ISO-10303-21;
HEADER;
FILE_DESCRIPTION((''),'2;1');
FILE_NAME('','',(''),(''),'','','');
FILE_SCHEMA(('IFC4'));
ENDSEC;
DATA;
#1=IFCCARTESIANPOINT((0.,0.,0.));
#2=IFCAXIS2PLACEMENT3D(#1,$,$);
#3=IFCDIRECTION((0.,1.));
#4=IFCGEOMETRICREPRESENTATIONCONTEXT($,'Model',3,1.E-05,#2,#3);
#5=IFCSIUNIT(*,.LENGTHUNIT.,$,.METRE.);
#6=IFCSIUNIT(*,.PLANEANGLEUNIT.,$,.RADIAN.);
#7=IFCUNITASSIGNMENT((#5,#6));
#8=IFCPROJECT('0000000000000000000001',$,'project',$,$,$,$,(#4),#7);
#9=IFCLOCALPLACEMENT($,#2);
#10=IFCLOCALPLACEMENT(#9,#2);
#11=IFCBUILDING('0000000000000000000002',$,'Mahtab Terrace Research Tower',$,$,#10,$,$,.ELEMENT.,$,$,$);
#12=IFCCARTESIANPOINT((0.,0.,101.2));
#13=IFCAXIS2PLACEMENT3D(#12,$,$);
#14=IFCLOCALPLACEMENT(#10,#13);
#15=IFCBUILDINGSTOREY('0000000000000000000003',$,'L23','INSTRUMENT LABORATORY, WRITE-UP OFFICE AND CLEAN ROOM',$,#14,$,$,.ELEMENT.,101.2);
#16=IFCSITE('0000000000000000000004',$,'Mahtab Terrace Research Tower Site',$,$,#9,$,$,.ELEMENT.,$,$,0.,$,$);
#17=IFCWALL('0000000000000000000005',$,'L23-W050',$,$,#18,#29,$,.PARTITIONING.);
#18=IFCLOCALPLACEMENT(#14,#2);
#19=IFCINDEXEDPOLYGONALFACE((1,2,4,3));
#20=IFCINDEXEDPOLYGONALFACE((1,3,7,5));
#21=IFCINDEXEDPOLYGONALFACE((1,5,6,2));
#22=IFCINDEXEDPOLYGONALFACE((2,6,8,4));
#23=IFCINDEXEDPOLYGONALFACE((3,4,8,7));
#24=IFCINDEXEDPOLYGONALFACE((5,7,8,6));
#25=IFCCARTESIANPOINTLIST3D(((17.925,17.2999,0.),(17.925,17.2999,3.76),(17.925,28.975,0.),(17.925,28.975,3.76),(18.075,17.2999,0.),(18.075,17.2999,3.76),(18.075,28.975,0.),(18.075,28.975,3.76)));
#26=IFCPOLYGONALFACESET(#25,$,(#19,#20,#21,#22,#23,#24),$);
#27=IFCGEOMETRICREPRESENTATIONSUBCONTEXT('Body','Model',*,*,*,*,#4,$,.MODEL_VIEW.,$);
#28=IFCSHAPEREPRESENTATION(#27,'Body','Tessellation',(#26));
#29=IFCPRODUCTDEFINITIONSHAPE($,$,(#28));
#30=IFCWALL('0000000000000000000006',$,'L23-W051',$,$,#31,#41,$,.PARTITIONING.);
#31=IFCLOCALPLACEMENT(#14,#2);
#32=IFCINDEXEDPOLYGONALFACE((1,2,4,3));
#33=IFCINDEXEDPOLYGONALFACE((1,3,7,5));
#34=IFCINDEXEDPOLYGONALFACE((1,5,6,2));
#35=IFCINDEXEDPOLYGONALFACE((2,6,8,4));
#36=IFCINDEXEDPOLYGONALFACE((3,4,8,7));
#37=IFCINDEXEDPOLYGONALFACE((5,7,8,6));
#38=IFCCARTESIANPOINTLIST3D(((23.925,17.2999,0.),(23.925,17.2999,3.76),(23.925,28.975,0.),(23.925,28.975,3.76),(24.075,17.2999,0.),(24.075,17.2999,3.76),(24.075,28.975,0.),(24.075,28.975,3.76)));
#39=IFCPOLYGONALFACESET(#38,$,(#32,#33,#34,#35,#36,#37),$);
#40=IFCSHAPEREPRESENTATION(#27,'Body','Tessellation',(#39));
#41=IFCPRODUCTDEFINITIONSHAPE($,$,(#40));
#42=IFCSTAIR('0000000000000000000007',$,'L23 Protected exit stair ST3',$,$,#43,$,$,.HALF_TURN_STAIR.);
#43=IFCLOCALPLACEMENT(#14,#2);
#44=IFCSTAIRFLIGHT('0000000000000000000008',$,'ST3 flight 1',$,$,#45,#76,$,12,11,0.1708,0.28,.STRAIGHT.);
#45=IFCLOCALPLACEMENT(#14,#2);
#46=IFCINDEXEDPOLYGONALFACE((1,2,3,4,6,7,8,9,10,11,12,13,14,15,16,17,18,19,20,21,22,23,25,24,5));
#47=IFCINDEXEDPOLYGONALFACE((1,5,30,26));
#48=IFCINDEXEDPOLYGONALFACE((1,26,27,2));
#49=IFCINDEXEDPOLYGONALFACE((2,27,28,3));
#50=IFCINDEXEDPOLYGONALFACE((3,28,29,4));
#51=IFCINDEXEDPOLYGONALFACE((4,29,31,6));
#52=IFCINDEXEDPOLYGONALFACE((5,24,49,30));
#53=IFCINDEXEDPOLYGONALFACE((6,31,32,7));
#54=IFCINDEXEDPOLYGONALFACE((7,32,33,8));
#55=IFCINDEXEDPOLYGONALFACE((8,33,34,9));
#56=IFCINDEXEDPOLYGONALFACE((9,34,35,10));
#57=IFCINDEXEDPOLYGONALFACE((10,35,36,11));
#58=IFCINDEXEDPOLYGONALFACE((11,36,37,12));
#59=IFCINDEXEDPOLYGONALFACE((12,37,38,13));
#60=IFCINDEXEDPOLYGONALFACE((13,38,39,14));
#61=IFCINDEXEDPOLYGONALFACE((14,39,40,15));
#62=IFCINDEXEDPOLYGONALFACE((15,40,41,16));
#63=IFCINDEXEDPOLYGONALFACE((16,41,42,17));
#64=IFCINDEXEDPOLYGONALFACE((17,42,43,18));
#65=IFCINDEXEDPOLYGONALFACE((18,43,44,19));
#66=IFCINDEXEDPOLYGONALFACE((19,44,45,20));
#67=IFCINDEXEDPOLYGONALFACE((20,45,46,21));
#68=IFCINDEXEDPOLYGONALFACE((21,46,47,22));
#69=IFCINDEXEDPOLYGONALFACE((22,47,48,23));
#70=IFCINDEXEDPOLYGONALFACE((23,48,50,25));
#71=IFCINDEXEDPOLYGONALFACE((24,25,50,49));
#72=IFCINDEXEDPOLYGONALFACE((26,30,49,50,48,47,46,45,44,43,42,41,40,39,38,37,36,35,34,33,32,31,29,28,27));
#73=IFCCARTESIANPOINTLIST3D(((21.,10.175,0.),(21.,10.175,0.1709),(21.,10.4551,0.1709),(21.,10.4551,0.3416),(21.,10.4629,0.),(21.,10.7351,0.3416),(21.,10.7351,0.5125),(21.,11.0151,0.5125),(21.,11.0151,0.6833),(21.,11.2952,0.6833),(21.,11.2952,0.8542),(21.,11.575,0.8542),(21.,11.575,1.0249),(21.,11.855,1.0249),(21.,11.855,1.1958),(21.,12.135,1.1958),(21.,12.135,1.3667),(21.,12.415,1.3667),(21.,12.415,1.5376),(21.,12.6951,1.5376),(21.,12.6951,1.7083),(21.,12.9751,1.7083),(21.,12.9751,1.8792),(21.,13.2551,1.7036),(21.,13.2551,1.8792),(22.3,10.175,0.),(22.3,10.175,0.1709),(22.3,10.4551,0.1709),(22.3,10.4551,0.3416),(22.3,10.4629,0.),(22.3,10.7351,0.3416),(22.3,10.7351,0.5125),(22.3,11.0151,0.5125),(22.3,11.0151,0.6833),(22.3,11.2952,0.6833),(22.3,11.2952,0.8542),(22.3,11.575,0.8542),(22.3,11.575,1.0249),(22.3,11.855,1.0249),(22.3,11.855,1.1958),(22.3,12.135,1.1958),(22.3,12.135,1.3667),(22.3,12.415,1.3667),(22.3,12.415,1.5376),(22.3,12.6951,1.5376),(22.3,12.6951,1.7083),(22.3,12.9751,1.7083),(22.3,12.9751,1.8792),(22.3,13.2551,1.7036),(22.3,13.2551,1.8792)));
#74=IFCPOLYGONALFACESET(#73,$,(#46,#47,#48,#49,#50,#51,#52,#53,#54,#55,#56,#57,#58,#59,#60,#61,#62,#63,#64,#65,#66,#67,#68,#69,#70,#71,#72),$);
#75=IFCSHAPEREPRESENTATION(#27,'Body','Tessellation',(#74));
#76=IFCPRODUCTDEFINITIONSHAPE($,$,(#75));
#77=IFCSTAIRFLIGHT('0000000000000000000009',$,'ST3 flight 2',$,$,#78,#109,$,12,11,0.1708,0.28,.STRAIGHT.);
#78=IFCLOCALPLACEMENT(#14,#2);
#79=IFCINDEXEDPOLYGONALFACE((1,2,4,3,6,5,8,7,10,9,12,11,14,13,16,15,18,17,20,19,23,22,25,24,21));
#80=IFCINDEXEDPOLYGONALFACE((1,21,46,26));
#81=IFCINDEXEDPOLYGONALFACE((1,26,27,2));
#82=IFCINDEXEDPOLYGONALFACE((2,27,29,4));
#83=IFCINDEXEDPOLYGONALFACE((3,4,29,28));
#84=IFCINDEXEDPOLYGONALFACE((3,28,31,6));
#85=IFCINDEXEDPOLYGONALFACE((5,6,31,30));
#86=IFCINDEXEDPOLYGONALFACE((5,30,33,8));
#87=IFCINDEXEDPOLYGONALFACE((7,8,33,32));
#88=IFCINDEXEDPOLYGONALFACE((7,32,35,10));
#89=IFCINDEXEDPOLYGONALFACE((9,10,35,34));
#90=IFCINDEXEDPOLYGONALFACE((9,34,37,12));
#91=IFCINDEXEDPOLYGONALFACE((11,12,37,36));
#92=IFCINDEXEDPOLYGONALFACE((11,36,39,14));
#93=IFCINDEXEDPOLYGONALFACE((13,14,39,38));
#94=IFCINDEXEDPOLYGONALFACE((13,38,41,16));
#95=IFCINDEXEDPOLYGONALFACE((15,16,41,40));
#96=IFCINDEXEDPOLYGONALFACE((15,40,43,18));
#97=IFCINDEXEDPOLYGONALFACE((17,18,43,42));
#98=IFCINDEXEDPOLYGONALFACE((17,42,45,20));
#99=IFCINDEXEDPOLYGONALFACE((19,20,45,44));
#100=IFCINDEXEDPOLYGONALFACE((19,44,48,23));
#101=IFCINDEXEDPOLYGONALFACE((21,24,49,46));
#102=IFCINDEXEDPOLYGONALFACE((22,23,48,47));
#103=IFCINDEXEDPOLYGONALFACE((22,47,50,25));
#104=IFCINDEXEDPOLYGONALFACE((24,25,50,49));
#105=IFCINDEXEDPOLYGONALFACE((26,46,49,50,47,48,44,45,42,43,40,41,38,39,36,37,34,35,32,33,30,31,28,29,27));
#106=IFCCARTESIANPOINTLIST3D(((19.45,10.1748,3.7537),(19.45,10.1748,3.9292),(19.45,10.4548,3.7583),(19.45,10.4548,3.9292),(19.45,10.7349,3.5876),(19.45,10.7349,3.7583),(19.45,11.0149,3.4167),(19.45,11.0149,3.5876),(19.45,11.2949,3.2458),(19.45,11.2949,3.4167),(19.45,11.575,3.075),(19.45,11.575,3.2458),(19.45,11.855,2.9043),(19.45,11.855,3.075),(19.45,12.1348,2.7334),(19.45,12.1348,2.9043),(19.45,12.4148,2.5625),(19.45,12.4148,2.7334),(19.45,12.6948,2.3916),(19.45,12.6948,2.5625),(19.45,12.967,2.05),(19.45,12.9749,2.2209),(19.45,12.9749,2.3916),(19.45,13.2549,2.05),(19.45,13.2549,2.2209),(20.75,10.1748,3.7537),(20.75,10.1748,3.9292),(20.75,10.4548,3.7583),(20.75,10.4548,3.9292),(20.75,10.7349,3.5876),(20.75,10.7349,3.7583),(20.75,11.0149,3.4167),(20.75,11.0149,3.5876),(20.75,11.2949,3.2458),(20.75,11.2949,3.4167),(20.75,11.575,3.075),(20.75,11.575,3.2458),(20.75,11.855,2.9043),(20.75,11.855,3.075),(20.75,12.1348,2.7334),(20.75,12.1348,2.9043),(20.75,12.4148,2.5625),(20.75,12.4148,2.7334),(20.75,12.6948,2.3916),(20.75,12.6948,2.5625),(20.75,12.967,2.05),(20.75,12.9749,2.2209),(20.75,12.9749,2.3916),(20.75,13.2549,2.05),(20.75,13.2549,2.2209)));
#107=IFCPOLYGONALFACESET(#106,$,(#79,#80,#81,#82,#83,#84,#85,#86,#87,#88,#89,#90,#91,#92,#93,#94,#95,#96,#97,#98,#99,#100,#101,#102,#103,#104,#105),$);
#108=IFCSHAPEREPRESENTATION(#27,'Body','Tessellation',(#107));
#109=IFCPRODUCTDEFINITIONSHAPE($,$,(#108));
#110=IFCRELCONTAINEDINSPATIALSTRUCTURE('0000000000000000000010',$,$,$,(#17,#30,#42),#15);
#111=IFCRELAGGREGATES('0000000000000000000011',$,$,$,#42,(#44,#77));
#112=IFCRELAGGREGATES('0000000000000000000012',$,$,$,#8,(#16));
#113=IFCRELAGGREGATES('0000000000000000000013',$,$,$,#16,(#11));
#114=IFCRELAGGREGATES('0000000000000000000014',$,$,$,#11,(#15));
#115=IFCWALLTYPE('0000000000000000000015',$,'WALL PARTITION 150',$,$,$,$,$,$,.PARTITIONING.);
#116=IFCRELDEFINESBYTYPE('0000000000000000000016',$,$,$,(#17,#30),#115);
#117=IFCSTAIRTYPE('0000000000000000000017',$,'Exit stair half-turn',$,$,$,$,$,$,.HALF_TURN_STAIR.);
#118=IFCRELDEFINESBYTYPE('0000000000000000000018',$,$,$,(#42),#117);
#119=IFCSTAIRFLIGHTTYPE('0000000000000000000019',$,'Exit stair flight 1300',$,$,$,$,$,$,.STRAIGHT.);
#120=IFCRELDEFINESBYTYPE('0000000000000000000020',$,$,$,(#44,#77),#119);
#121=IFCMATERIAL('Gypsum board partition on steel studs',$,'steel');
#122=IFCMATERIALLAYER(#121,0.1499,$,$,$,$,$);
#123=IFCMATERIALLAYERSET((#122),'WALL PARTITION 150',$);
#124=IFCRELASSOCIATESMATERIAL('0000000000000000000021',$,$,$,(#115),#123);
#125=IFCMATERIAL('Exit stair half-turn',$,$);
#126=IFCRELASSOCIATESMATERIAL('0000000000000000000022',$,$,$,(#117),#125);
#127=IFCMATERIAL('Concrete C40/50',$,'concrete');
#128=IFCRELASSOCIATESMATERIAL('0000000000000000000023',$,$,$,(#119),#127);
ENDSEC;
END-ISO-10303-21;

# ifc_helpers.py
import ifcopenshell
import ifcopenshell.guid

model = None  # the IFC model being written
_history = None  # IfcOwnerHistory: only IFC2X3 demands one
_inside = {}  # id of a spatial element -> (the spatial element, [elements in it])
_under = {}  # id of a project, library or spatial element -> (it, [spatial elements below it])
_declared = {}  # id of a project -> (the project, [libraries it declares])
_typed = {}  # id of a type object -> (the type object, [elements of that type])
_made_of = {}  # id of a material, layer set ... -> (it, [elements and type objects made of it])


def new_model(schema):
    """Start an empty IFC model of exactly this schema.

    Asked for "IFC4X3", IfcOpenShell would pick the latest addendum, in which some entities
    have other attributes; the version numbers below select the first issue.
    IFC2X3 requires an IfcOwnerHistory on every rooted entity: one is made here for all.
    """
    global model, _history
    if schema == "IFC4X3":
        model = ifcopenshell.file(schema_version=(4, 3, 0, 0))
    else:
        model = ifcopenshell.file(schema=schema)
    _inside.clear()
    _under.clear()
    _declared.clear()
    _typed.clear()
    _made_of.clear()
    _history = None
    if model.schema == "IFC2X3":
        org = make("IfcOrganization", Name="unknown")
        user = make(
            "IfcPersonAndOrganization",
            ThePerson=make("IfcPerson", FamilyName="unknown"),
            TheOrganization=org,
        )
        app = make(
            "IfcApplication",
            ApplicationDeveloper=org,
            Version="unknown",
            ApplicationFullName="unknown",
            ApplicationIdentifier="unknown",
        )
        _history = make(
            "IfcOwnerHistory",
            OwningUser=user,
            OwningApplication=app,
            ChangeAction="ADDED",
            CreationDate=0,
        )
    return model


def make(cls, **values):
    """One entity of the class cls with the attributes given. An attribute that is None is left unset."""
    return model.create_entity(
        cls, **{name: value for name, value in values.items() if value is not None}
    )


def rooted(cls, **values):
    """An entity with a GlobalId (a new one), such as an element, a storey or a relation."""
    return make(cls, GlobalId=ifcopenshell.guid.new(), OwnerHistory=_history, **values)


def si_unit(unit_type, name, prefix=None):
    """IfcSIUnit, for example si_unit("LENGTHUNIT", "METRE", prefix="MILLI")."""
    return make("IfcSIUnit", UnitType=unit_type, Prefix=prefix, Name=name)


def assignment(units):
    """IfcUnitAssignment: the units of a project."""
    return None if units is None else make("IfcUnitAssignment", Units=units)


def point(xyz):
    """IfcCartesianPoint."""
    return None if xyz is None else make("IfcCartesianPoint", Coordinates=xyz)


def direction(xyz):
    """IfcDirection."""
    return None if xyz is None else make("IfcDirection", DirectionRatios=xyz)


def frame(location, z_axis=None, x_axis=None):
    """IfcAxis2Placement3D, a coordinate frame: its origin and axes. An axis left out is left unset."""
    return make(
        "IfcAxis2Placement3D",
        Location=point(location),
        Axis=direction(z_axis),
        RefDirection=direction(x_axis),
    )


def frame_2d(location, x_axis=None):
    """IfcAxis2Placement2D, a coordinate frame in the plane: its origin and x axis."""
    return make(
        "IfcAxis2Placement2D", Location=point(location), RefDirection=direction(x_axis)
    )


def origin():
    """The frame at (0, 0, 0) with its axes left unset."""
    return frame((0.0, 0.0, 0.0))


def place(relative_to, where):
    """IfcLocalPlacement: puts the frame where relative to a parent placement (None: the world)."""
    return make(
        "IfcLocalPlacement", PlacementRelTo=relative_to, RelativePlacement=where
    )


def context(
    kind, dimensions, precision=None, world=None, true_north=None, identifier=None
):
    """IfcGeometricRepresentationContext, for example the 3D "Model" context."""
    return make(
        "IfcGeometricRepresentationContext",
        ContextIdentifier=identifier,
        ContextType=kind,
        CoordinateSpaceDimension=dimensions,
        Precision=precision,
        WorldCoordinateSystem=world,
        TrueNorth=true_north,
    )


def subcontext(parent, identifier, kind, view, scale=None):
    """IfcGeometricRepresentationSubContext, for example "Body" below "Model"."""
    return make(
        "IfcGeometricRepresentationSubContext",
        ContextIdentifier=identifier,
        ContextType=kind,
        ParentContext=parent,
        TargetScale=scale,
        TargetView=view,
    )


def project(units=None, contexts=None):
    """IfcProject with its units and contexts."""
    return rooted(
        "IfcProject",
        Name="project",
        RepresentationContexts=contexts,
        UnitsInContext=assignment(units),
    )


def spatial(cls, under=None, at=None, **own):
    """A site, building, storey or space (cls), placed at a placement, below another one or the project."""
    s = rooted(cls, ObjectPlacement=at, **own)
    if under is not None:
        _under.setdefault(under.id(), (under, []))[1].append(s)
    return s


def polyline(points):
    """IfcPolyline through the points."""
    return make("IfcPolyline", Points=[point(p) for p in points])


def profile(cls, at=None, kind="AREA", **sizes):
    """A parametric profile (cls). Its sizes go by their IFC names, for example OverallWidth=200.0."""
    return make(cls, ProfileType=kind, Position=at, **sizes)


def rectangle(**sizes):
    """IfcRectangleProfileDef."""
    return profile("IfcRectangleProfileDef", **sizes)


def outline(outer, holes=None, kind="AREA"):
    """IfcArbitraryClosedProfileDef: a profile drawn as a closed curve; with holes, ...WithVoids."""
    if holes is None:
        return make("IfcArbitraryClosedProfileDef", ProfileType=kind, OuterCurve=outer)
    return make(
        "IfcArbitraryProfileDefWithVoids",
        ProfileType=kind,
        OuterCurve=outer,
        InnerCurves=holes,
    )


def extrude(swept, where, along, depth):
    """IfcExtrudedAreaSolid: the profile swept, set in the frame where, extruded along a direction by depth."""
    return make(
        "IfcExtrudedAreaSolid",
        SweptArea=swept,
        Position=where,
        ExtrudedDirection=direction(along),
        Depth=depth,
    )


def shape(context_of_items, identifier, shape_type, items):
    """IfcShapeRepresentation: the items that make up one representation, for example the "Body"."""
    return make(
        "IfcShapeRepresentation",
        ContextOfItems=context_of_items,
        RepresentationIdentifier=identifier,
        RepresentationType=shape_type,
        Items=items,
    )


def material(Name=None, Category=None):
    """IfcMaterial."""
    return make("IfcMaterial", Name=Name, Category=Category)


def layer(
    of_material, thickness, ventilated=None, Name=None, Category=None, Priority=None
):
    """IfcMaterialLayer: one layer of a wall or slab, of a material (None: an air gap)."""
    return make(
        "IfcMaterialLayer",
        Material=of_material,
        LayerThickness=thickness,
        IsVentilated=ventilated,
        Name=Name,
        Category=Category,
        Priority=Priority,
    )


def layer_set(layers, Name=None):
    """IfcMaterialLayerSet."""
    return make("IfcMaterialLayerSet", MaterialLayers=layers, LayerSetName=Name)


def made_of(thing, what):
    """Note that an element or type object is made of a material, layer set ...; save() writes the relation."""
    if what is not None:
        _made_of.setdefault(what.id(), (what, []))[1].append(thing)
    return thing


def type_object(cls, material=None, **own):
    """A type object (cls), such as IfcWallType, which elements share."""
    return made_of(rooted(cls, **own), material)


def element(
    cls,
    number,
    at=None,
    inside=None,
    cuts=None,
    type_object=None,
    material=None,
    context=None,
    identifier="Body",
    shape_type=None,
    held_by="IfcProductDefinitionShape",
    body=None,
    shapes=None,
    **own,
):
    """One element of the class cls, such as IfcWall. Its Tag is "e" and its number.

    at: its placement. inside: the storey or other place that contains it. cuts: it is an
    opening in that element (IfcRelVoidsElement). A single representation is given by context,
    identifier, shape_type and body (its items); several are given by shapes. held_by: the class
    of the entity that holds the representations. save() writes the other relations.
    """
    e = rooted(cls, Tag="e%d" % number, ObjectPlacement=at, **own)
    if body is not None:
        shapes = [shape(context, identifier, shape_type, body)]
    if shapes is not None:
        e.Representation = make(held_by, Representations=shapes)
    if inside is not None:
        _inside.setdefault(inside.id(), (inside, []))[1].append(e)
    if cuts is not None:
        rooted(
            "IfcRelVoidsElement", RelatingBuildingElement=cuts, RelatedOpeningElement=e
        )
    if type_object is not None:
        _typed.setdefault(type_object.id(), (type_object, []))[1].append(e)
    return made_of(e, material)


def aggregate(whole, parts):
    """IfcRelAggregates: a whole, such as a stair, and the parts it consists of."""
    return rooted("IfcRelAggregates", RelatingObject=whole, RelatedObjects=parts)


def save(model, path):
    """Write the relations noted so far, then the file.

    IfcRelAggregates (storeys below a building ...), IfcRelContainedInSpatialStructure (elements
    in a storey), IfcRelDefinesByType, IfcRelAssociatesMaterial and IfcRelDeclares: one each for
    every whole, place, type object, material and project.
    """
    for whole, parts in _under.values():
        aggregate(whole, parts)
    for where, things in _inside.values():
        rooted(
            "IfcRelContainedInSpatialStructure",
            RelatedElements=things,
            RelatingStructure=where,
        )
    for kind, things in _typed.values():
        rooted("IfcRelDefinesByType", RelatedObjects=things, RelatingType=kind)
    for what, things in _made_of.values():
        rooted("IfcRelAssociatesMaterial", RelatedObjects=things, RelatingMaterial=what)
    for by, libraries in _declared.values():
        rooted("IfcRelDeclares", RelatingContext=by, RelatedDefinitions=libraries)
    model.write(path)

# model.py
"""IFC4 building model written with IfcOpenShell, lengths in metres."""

from ifc_helpers import new_model, si_unit, direction, frame, frame_2d, origin, place, context, subcontext, project, spatial, polyline, rectangle, outline, extrude, material, layer, layer_set, type_object, element, aggregate, save


model = new_model("IFC4")

# Units and contexts
model_context = context("Model", 3, precision=1e-05, world=origin(), true_north=direction((0.0, 1.0)))
body_context = subcontext(model_context, "Body", "Model", "MODEL_VIEW")
ifc_project = project(units=[si_unit("LENGTHUNIT", "METRE"), si_unit("PLANEANGLEUNIT", "RADIAN")], contexts=[model_context])

# Site, building, storey
site_placement = place(None, origin())
site = spatial("IfcSite", under=ifc_project, at=site_placement, Name="Mahtab Terrace Research Tower Site", CompositionType="ELEMENT", RefElevation=0.0)
building_placement = place(site_placement, origin())
building = spatial("IfcBuilding", under=site, at=building_placement, Name="Mahtab Terrace Research Tower", CompositionType="ELEMENT")
storey_placement = place(building_placement, frame((0.0, 0.0, 101.2)))
storey = spatial("IfcBuildingStorey", under=building, at=storey_placement, Name="L23", Description="INSTRUMENT LABORATORY, WRITE-UP OFFICE AND CLEAN ROOM", CompositionType="ELEMENT", Elevation=101.2)

# Walls
ifc_material_1 = material(Name="Gypsum board partition on steel studs", Category="steel")
ifc_layer_1 = layer(ifc_material_1, 0.1499)
ifc_layer_set_1 = layer_set([ifc_layer_1], Name="WALL PARTITION 150")
wall_type_1 = type_object("IfcWallType", Name="WALL PARTITION 150", PredefinedType="PARTITIONING", material=ifc_layer_set_1)
for number, where, z_axis, x_axis, name in (
    (1, (18.0, 17.3, 0.0), (0.0, 0.0, 1.0), (0.0, 1.0, 0.0), "L23-W050"),
    (2, (24.0, 17.3, 0.0), (0.0, 0.0, 1.0), (0.0, 1.0, 0.0), "L23-W051"),
):
    element("IfcWall", number, at=place(storey_placement, frame(where, z_axis=z_axis, x_axis=x_axis)), inside=storey, type_object=wall_type_1, Name=name, PredefinedType="PARTITIONING", context=body_context, shape_type="SweptSolid", body=[
        extrude(rectangle(XDim=11.675, YDim=0.1499, at=frame_2d((5.8374, 0.0))), origin(), (0.0, 0.0, 1.0), 3.76),
    ])

# Stair, stair flights
ifc_material_2 = material(Name="Exit stair half-turn")
stair_type = type_object("IfcStairType", Name="Exit stair half-turn", PredefinedType="HALF_TURN_STAIR", material=ifc_material_2)
stair_placement = place(storey_placement, origin())
stair = element("IfcStair", 3, at=stair_placement, inside=storey, type_object=stair_type, Name="L23 Protected exit stair ST3", PredefinedType="HALF_TURN_STAIR")
ifc_material_3 = material(Name="Concrete C40/50", Category="concrete")
stair_flight_type = type_object("IfcStairFlightType", Name="Exit stair flight 1300", PredefinedType="STRAIGHT", material=ifc_material_3)
stair_flight_1_placement = place(storey_placement, frame((21.6499, 10.175, 0.0), z_axis=(0.0, 0.0, 1.0), x_axis=(0.0, 1.0, 0.0)))
stair_flight_1 = element("IfcStairFlight", 4, at=stair_flight_1_placement, type_object=stair_flight_type, Name="ST3 flight 1", NumberOfRisers=12, NumberOfTreads=11, PredefinedType="STRAIGHT", RiserHeight=0.1708, TreadLength=0.28, context=body_context, shape_type="SweptSolid", body=[
    extrude(outline(polyline([(0.0, 0.0), (0.0, 0.1709), (0.28, 0.1709), (0.28, 0.3416), (0.5601, 0.3416), (0.5601, 0.5125), (0.8401, 0.5125), (0.8401, 0.6833), (1.1201, 0.6833), (1.1201, 0.8542), (1.3999, 0.8542), (1.3999, 1.0249), (1.6799, 1.0249), (1.6799, 1.1958), (1.96, 1.1958), (1.96, 1.3667), (2.24, 1.3667), (2.24, 1.5376), (2.52, 1.5376), (2.52, 1.7083), (2.8, 1.7083), (2.8, 1.8792), (3.0801, 1.8792), (3.0801, 2.05), (3.0801, 1.7036), (0.2878, 0.0), (0.0, 0.0)])), frame((0.0, 0.6499, 0.0), z_axis=(0.0, -1.0, 0.0), x_axis=(1.0, 0.0, 0.0)), (0.0, 0.0, 1.0), 1.3),
])
stair_flight_2_placement = place(storey_placement, frame((20.1001, 13.2549, 2.05), z_axis=(0.0, 0.0, 1.0), x_axis=(0.0, -1.0, 0.0)))
stair_flight_2 = element("IfcStairFlight", 5, at=stair_flight_2_placement, type_object=stair_flight_type, Name="ST3 flight 2", NumberOfRisers=12, NumberOfTreads=11, PredefinedType="STRAIGHT", RiserHeight=0.1708, TreadLength=0.28, context=body_context, shape_type="SweptSolid", body=[
    extrude(outline(polyline([(0.0, 0.0), (0.0, 0.1709), (0.28, 0.1709), (0.28, 0.3416), (0.5601, 0.3416), (0.5601, 0.5125), (0.8401, 0.5125), (0.8401, 0.6833), (1.1201, 0.6833), (1.1201, 0.8542), (1.3999, 0.8542), (1.3999, 1.0249), (1.6799, 1.0249), (1.6799, 1.1958), (1.96, 1.1958), (1.96, 1.3667), (2.24, 1.3667), (2.24, 1.5376), (2.52, 1.5376), (2.52, 1.7083), (2.8, 1.7083), (2.8, 1.8792), (3.0801, 1.8792), (3.0801, 2.05), (3.0801, 1.7036), (0.2878, 0.0), (0.0, 0.0)])), frame((0.0, 0.6499, 0.0), z_axis=(0.0, -1.0, 0.0), x_axis=(1.0, 0.0, 0.0)), (0.0, 0.0, 1.0), 1.3),
])
aggregate(stair, [stair_flight_1, stair_flight_2])

save(model, "model.ifc")
